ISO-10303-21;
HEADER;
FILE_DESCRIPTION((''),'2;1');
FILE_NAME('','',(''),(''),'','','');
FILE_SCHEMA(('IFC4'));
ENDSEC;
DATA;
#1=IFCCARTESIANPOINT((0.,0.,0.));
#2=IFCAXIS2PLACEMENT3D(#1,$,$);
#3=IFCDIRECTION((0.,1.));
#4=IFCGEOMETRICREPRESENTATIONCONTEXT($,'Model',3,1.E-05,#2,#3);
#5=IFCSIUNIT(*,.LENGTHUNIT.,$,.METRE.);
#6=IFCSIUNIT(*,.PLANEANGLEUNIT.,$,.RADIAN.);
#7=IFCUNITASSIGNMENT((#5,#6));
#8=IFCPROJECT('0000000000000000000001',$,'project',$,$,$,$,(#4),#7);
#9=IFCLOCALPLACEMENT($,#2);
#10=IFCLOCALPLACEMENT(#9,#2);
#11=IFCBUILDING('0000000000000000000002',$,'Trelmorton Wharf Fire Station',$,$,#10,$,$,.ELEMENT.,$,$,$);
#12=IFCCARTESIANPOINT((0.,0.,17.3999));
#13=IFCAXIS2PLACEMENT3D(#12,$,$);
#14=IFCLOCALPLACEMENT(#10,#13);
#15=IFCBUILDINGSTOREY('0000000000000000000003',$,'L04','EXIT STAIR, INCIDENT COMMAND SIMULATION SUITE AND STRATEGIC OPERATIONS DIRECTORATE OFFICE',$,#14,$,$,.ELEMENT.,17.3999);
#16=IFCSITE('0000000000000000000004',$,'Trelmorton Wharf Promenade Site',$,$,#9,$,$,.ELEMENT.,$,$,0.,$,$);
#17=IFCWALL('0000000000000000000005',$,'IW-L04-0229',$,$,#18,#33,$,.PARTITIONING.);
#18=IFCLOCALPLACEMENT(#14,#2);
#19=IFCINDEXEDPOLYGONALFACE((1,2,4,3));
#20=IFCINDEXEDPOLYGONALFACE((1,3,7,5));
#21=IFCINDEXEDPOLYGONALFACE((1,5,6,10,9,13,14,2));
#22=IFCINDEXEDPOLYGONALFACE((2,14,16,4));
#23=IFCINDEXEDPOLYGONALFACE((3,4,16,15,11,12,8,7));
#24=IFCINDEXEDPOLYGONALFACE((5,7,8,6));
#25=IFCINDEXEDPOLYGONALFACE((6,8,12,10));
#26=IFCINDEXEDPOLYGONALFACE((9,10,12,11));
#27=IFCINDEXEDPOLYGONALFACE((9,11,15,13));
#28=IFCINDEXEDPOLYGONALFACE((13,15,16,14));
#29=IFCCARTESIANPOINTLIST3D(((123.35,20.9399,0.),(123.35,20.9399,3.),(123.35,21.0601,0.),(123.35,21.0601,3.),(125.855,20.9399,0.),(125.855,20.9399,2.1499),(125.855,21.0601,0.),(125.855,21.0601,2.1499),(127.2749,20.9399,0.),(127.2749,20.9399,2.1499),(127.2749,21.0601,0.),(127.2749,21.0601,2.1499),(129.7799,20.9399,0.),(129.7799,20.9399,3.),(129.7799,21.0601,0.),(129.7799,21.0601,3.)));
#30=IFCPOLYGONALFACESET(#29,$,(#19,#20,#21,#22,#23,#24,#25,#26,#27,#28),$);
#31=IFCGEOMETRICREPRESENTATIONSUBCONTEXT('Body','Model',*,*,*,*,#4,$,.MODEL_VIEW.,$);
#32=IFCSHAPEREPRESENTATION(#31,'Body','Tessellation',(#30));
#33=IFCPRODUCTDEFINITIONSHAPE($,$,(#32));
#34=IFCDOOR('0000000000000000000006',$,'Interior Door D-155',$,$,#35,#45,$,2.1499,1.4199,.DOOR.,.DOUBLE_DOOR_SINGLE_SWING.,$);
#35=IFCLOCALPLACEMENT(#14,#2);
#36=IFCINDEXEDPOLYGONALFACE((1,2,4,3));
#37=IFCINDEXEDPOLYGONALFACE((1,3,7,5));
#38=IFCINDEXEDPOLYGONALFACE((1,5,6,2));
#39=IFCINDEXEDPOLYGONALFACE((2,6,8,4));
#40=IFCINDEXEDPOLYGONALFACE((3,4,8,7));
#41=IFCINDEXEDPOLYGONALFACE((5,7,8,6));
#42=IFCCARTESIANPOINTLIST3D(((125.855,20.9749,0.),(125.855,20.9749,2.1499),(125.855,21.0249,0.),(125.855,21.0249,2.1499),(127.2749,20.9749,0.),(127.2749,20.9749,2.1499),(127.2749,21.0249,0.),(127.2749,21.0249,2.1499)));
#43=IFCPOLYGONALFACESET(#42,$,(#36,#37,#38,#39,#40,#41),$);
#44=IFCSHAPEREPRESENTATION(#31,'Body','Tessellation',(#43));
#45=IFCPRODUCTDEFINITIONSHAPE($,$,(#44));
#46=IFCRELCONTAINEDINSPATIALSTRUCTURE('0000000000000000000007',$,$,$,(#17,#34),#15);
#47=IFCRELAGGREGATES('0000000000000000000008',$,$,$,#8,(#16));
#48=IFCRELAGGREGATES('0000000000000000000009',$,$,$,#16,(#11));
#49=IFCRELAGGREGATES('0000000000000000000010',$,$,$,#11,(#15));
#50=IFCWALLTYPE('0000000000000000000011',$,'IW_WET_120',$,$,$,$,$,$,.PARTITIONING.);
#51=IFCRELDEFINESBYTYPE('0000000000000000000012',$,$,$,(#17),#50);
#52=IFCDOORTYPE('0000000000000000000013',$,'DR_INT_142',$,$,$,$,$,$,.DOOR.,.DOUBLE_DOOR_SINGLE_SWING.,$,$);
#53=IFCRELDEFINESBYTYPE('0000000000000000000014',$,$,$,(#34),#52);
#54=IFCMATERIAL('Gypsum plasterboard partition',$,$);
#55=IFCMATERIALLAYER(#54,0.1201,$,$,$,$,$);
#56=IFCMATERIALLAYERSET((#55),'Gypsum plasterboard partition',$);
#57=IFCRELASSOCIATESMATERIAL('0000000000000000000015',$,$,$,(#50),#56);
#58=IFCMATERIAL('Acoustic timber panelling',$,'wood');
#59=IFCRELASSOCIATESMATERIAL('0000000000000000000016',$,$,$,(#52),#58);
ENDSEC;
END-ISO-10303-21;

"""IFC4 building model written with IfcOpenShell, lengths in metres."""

from ifc_helpers import new_model, si_unit, direction, frame, frame_2d, origin, place, context, subcontext, project, spatial, rectangle, extrude, material, layer, layer_set, type_object, element, fill, save


model = new_model("IFC4")

# Units and contexts
model_context = context("Model", 3, precision=1e-05, world=origin(), true_north=direction((0.0, 1.0)))
body_context = subcontext(model_context, "Body", "Model", "MODEL_VIEW")
ifc_project = project(units=[si_unit("LENGTHUNIT", "METRE"), si_unit("PLANEANGLEUNIT", "RADIAN")], contexts=[model_context])

# Site, building, storey
site_placement = place(None, origin())
site = spatial("IfcSite", under=ifc_project, at=site_placement, Name="Trelmorton Wharf Promenade Site", CompositionType="ELEMENT", RefElevation=0.0)
building_placement = place(site_placement, origin())
building = spatial("IfcBuilding", under=site, at=building_placement, Name="Trelmorton Wharf Fire Station", CompositionType="ELEMENT")
storey_placement = place(building_placement, frame((0.0, 0.0, 17.3999)))
storey = spatial("IfcBuildingStorey", under=building, at=storey_placement, Name="L04", Description="EXIT STAIR, INCIDENT COMMAND SIMULATION SUITE AND STRATEGIC OPERATIONS DIRECTORATE OFFICE", CompositionType="ELEMENT", Elevation=17.3999)

# Wall, opening, door
ifc_material_1 = material(Name="Gypsum plasterboard partition")
ifc_layer_1 = layer(ifc_material_1, 0.1201)
ifc_layer_set_1 = layer_set([ifc_layer_1], Name="Gypsum plasterboard partition")
wall_type = type_object("IfcWallType", Name="IW_WET_120", PredefinedType="PARTITIONING", material=ifc_layer_set_1)
wall_placement = place(storey_placement, frame((123.3501, 21.0, 0.0), z_axis=(0.0, 0.0, 1.0), x_axis=(1.0, 0.0, 0.0)))
wall = element("IfcWall", 1, at=wall_placement, inside=storey, type_object=wall_type, Name="IW-L04-0229", PredefinedType="PARTITIONING", context=body_context, shape_type="SweptSolid", body=[
    extrude(rectangle(XDim=6.4299, YDim=0.1201, at=frame_2d((3.2148, 0.0))), origin(), (0.0, 0.0, 1.0), 3.0),
])
opening_placement = place(wall_placement, frame((2.5049, 0.0, 0.0)))
opening = element("IfcOpeningElement", 2, at=opening_placement, cuts=wall, PredefinedType="OPENING", context=body_context, shape_type="SweptSolid", body=[
    extrude(rectangle(XDim=1.4199, YDim=2.1499, at=frame_2d((0.71, 1.075))), frame((0.0, 0.0701, 0.0), z_axis=(0.0, -1.0, 0.0), x_axis=(1.0, 0.0, 0.0)), (0.0, 0.0, 1.0), 0.1401),
])
ifc_material_2 = material(Name="Acoustic timber panelling", Category="wood")
door_type = type_object("IfcDoorType", Name="DR_INT_142", OperationType="DOUBLE_DOOR_SINGLE_SWING", PredefinedType="DOOR", material=ifc_material_2)
door_placement = place(opening_placement, origin())
door = element("IfcDoor", 3, at=door_placement, inside=storey, type_object=door_type, Name="Interior Door D-155", OperationType="DOUBLE_DOOR_SINGLE_SWING", OverallHeight=2.1499, OverallWidth=1.4199, PredefinedType="DOOR", context=body_context, shape_type="SweptSolid", body=[
    extrude(rectangle(XDim=1.4199, YDim=2.1499, at=frame_2d((0.71, 1.075))), frame((0.0, 0.0249, 0.0), z_axis=(0.0, -1.0, 0.0), x_axis=(1.0, 0.0, 0.0)), (0.0, 0.0, 1.0), 0.05),
])
fill(opening, door)

save(model, "model.ifc")
